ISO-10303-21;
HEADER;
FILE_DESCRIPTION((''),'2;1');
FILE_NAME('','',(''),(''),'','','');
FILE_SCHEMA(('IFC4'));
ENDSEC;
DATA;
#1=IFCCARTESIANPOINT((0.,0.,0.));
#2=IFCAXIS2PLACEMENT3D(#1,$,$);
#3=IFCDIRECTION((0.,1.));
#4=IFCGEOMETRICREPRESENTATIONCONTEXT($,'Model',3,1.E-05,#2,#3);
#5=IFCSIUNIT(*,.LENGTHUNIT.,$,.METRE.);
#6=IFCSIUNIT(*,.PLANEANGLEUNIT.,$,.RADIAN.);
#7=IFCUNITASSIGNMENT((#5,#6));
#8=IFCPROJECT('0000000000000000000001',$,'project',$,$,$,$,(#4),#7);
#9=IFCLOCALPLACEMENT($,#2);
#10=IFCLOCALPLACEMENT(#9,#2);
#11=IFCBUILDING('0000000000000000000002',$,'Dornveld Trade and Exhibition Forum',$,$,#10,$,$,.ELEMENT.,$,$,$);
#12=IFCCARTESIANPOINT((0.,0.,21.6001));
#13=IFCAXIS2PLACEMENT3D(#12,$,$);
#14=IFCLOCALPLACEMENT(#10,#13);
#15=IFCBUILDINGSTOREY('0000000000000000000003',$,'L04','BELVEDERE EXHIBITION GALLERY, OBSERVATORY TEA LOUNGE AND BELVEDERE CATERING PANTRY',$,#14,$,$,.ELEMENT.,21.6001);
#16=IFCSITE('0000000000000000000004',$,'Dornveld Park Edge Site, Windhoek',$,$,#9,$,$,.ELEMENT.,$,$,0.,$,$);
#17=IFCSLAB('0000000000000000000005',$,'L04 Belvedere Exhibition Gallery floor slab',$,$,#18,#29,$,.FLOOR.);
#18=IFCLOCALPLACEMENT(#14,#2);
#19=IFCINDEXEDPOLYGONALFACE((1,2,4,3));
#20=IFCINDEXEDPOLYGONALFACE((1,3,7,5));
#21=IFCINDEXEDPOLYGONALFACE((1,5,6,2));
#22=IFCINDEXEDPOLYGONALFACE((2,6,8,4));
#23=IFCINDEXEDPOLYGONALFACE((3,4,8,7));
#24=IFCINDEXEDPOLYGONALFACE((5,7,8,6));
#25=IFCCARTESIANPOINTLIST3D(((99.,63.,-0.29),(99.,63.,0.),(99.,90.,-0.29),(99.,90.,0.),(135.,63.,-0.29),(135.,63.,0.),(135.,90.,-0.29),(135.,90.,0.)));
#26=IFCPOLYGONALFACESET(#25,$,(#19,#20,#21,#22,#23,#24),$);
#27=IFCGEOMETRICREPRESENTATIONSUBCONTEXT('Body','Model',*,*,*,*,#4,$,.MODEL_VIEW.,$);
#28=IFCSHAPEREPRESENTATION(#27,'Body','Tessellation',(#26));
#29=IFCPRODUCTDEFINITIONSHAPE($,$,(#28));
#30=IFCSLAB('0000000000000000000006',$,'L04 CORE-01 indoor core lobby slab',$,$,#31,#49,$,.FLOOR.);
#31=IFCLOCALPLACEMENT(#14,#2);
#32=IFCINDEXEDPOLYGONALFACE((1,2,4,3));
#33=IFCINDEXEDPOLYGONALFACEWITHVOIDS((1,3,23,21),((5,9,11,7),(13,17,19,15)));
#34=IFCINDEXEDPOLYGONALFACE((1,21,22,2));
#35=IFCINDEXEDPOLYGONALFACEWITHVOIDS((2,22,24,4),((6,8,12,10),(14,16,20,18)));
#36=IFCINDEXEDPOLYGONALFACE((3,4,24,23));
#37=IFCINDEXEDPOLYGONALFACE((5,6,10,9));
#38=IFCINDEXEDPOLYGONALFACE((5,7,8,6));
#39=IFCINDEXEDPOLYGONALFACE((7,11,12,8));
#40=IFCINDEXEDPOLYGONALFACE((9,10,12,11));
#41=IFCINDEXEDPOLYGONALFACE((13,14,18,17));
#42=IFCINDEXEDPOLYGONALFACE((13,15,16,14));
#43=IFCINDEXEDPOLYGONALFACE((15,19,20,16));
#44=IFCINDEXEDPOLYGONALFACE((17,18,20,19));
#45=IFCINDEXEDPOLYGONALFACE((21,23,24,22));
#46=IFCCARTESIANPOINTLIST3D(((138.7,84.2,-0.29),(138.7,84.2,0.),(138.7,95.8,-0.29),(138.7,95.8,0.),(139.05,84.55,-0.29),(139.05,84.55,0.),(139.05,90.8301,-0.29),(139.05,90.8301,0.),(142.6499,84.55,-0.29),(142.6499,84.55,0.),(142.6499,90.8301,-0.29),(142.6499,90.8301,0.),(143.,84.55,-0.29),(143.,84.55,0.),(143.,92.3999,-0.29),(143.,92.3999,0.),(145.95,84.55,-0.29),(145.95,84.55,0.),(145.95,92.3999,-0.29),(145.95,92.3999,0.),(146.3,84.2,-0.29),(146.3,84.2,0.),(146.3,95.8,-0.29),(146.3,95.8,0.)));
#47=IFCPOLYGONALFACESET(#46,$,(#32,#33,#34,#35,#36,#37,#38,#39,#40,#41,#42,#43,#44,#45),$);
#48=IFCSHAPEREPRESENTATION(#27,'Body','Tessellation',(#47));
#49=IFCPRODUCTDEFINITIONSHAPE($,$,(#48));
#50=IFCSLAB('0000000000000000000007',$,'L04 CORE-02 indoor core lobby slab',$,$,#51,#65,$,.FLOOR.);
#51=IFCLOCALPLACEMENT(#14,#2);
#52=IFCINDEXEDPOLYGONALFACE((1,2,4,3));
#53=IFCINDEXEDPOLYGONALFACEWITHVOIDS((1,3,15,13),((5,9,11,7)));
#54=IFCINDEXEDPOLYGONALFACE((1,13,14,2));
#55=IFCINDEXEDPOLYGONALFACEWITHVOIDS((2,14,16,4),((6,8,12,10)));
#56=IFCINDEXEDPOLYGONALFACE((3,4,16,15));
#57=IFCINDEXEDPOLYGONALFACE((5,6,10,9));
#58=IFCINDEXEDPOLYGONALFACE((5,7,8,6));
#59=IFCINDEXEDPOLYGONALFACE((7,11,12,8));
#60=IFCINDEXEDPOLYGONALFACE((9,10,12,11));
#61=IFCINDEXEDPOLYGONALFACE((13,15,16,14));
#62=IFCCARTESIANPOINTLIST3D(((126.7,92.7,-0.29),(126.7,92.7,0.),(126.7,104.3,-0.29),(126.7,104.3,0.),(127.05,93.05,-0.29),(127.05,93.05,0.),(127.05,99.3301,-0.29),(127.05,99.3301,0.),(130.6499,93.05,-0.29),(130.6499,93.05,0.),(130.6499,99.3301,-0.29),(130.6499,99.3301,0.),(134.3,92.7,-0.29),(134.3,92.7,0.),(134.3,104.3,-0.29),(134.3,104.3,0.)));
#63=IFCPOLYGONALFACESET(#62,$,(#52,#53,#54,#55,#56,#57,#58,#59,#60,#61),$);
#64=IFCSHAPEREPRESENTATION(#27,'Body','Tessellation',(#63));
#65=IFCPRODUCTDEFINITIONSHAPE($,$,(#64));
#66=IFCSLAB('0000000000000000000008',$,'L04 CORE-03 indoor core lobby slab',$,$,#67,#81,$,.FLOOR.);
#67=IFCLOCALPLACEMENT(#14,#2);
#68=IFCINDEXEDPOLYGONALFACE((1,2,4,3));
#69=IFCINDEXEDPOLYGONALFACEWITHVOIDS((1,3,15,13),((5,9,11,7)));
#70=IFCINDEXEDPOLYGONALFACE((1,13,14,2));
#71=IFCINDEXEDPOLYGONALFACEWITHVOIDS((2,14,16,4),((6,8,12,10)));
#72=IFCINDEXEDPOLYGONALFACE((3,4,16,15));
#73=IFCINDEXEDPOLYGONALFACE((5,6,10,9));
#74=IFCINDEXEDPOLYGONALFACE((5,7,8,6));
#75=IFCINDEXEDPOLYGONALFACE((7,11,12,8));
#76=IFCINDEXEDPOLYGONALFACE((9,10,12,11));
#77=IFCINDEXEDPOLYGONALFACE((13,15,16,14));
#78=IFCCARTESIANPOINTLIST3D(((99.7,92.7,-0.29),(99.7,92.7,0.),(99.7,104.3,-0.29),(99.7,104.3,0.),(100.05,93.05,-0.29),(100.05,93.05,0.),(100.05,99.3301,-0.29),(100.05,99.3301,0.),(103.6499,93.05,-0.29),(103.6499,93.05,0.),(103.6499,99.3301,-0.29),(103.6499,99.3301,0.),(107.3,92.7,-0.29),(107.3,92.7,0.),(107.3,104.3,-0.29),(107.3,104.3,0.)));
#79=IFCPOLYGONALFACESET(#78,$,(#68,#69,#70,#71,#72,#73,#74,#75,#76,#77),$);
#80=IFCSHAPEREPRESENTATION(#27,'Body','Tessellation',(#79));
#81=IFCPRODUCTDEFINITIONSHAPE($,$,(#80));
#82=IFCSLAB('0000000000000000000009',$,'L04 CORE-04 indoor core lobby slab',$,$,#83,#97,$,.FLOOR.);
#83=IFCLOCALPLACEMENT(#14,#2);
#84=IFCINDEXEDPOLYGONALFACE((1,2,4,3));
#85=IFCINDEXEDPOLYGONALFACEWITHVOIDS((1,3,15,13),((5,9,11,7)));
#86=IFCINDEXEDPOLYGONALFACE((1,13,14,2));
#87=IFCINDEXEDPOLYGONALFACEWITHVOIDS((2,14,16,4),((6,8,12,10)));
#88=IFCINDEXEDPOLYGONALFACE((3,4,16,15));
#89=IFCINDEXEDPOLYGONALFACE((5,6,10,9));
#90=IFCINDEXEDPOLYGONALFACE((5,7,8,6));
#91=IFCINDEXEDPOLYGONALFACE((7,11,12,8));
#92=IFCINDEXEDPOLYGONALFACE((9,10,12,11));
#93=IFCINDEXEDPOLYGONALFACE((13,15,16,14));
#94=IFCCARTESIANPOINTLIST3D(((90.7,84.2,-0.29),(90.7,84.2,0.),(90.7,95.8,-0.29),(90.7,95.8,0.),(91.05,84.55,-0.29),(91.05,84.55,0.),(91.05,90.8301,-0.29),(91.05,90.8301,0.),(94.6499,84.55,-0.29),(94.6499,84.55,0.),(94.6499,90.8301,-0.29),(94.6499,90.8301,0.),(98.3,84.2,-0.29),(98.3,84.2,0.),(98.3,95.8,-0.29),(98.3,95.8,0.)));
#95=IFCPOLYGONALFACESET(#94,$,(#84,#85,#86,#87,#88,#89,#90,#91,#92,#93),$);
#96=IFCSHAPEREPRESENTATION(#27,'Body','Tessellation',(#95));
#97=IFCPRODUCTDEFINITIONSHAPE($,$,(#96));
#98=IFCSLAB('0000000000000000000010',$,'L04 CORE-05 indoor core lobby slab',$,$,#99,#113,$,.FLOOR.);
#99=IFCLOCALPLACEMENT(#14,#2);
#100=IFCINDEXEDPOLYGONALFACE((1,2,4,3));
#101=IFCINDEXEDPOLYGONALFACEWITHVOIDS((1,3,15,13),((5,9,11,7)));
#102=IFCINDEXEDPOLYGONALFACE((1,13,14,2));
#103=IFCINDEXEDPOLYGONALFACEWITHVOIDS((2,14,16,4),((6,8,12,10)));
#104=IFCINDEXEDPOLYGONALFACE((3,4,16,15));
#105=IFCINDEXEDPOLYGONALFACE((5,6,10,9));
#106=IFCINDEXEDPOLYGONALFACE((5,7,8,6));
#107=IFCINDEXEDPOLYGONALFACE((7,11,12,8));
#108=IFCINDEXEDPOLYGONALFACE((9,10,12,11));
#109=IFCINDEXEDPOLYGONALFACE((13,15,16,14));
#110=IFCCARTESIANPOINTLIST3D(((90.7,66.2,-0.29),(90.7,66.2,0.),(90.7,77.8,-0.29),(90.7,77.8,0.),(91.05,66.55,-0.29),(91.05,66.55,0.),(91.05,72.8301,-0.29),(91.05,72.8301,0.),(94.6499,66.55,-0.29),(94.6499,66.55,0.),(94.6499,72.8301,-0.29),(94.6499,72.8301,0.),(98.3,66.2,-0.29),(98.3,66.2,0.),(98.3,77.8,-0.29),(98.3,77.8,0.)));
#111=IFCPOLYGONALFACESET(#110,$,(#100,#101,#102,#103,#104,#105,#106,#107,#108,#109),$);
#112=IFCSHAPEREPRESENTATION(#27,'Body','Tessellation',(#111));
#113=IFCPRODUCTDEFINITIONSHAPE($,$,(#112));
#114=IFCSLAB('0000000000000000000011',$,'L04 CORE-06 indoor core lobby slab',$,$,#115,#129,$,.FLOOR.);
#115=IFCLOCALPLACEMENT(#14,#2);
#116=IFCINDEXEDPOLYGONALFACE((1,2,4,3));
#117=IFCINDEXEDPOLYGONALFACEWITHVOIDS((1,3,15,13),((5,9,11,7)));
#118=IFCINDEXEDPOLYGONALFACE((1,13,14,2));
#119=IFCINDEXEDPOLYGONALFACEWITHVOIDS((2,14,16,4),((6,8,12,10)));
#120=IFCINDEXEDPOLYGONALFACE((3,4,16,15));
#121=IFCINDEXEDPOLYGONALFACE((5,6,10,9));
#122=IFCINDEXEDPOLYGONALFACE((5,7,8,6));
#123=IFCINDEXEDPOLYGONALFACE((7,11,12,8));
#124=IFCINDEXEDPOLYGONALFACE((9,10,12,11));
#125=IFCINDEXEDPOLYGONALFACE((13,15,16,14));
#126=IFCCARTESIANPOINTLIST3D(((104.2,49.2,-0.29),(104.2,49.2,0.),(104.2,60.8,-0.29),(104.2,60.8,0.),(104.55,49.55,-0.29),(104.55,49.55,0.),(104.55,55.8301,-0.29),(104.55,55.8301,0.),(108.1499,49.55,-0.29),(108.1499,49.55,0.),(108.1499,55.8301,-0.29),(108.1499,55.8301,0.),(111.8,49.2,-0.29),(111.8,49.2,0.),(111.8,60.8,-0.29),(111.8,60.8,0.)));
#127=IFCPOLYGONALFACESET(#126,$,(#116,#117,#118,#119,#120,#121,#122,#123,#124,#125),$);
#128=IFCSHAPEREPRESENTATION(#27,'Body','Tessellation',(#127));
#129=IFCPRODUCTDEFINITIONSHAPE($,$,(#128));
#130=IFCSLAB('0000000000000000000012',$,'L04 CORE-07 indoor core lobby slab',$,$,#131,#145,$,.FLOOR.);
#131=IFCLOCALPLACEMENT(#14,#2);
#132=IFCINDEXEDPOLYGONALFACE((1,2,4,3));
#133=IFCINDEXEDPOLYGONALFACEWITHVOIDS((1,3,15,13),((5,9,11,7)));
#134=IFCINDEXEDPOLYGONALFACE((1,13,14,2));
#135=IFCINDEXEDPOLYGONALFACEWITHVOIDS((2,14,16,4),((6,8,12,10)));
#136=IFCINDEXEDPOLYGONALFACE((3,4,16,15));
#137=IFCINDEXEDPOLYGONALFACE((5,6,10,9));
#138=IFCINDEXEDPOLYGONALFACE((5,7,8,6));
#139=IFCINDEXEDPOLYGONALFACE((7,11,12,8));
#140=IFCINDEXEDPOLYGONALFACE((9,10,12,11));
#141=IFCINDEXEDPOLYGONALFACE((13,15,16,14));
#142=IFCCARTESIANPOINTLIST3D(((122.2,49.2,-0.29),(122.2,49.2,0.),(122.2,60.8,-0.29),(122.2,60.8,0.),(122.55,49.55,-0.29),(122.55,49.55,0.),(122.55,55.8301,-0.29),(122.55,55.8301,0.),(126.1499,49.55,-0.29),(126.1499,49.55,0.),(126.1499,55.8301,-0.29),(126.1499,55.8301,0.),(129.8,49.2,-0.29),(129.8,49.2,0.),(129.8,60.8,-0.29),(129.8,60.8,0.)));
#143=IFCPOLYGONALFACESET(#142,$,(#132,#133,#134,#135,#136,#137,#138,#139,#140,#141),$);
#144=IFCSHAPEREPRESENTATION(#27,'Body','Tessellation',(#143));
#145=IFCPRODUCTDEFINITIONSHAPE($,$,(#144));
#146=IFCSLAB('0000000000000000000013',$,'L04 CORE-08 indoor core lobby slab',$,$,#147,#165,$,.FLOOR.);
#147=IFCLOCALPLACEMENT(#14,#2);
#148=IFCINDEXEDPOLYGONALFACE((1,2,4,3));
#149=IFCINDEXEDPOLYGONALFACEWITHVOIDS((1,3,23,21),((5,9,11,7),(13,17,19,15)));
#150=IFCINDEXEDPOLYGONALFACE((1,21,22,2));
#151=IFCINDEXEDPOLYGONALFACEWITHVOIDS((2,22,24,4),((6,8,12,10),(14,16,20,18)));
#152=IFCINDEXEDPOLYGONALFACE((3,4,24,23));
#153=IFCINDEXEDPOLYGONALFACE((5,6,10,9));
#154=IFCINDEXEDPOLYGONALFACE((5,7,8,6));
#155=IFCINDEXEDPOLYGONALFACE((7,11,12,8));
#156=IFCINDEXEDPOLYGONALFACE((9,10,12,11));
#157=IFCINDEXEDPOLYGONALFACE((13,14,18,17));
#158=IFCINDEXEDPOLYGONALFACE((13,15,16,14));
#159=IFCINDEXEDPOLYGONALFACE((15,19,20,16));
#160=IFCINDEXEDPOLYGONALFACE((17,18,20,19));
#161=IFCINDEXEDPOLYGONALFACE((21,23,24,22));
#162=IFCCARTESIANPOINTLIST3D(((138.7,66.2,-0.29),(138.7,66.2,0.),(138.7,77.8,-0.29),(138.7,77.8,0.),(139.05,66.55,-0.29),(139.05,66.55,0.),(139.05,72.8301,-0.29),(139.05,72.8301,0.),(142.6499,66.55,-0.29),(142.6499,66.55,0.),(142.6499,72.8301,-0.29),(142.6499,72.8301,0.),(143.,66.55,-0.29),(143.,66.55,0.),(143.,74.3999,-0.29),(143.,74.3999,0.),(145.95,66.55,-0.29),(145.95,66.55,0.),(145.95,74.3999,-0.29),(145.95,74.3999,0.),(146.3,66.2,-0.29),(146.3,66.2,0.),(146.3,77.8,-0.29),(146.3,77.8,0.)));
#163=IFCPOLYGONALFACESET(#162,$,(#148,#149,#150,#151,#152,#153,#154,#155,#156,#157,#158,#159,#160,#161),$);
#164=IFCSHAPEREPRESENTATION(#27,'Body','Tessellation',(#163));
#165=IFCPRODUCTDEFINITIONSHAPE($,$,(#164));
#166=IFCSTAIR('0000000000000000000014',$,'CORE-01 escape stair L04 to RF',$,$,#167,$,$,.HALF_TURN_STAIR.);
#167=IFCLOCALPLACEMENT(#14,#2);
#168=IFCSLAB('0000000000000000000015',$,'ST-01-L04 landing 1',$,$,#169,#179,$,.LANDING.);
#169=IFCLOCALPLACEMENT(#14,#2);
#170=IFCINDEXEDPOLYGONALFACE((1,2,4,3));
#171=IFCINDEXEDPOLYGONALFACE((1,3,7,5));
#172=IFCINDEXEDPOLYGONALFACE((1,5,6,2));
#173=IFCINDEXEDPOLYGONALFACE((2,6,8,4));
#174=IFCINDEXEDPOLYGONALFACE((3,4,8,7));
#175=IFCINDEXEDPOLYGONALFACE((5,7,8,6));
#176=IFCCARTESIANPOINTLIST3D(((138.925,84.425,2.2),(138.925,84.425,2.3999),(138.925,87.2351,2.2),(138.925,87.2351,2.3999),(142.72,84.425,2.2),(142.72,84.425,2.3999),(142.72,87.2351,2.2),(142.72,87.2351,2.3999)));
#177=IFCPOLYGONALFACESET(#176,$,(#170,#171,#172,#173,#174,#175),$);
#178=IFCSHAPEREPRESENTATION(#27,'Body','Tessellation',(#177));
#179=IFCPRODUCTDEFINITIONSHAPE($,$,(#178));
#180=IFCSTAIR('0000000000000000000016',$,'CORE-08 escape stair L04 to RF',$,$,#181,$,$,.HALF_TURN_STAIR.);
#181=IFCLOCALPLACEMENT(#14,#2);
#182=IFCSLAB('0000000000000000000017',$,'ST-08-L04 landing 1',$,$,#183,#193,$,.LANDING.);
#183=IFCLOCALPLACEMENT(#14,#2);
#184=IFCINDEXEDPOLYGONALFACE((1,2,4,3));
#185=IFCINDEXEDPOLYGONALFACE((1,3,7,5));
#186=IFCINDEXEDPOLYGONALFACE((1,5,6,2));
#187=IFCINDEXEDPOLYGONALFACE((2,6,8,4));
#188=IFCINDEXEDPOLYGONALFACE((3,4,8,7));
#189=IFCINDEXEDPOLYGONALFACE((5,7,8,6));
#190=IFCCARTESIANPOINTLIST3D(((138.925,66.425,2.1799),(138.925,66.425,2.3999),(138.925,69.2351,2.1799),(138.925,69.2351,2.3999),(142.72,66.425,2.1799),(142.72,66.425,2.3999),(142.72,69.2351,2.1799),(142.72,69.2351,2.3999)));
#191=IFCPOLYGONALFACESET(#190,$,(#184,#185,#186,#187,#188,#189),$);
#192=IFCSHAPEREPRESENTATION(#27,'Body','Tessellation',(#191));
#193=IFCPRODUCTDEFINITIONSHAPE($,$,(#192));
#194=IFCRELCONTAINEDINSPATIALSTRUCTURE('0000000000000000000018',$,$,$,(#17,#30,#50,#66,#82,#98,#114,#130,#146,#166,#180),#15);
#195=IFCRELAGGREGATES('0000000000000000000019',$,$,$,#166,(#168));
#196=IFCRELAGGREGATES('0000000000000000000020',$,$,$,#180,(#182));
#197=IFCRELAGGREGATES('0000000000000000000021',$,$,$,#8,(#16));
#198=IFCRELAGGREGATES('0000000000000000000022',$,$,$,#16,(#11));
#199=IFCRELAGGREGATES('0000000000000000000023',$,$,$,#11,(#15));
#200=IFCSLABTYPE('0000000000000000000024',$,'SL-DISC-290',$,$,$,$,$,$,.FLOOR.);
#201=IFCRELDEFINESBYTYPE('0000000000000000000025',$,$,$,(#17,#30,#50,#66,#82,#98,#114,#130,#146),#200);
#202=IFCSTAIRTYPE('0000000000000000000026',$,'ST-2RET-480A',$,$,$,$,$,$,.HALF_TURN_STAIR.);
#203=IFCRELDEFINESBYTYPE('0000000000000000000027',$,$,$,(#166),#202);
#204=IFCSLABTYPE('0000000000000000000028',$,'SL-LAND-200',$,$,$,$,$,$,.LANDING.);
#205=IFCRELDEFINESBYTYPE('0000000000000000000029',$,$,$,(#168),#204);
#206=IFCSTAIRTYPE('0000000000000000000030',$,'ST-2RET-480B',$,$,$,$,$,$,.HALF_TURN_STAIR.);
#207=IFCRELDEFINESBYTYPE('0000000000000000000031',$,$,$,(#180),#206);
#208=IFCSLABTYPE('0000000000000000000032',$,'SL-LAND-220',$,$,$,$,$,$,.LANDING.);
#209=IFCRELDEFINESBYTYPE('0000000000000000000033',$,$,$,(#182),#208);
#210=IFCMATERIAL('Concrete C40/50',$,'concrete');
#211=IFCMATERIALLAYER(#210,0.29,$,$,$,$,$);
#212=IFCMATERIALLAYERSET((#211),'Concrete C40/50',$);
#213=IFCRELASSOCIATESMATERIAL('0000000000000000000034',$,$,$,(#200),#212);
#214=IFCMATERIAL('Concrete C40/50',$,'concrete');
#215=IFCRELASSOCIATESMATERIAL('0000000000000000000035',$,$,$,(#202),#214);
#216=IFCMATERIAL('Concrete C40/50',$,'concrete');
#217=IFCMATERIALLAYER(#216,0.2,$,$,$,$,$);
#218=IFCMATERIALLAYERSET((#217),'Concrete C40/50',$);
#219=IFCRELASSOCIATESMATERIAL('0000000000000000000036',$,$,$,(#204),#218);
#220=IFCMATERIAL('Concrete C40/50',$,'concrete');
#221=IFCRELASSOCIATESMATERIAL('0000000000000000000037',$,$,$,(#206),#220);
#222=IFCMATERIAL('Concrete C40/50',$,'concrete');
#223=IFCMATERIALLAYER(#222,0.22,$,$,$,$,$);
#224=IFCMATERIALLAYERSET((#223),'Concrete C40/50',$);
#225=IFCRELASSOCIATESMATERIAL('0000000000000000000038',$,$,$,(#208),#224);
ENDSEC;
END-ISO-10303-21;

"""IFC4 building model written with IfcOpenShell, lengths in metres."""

from ifc_helpers import new_model, si_unit, direction, frame, origin, place, context, subcontext, project, spatial, polyline, outline, extrude, material, layer, layer_set, type_object, element, aggregate, save


model = new_model("IFC4")

# Units and contexts
model_context = context("Model", 3, precision=1e-05, world=origin(), true_north=direction((0.0, 1.0)))
body_context = subcontext(model_context, "Body", "Model", "MODEL_VIEW")
ifc_project = project(units=[si_unit("LENGTHUNIT", "METRE"), si_unit("PLANEANGLEUNIT", "RADIAN")], contexts=[model_context])

# Site, building, storey
site_placement = place(None, origin())
site = spatial("IfcSite", under=ifc_project, at=site_placement, Name="Dornveld Park Edge Site, Windhoek", CompositionType="ELEMENT", RefElevation=0.0)
building_placement = place(site_placement, origin())
building = spatial("IfcBuilding", under=site, at=building_placement, Name="Dornveld Trade and Exhibition Forum", CompositionType="ELEMENT")
storey_placement = place(building_placement, frame((0.0, 0.0, 21.6001)))
storey = spatial("IfcBuildingStorey", under=building, at=storey_placement, Name="L04", Description="BELVEDERE EXHIBITION GALLERY, OBSERVATORY TEA LOUNGE AND BELVEDERE CATERING PANTRY", CompositionType="ELEMENT", Elevation=21.6001)

# Slabs
ifc_material_1 = material(Name="Concrete C40/50", Category="concrete")
ifc_layer_1 = layer(ifc_material_1, 0.29)
ifc_layer_set_1 = layer_set([ifc_layer_1], Name="Concrete C40/50")
slab_type_1 = type_object("IfcSlabType", Name="SL-DISC-290", PredefinedType="FLOOR", material=ifc_layer_set_1)
slab_1_placement = place(storey_placement, frame((0.0, 0.0, -0.29)))
element("IfcSlab", 1, at=slab_1_placement, inside=storey, type_object=slab_type_1, Name="L04 Belvedere Exhibition Gallery floor slab", PredefinedType="FLOOR", context=body_context, shape_type="SweptSolid", body=[
    extrude(outline(polyline([(99.0, 63.0), (135.0, 63.0), (135.0, 90.0), (99.0, 90.0), (99.0, 63.0)])), origin(), (0.0, 0.0, 1.0), 0.29),
])
slab_2_placement = place(storey_placement, frame((0.0, 0.0, -0.29)))
element("IfcSlab", 2, at=slab_2_placement, inside=storey, type_object=slab_type_1, Name="L04 CORE-01 indoor core lobby slab", PredefinedType="FLOOR", context=body_context, shape_type="SweptSolid", body=[
    extrude(outline(polyline([(138.7, 84.2), (146.3, 84.2), (146.3, 95.8), (138.7, 95.8), (138.7, 84.2)]), holes=[polyline([(143.0, 84.55), (145.95, 84.55), (145.95, 92.3999), (143.0, 92.3999), (143.0, 84.55)]), polyline([(139.05, 84.55), (142.6499, 84.55), (142.6499, 90.8301), (139.05, 90.8301), (139.05, 84.55)])]), origin(), (0.0, 0.0, 1.0), 0.29),
])
slab_3_placement = place(storey_placement, frame((0.0, 0.0, -0.29)))
element("IfcSlab", 3, at=slab_3_placement, inside=storey, type_object=slab_type_1, Name="L04 CORE-02 indoor core lobby slab", PredefinedType="FLOOR", context=body_context, shape_type="SweptSolid", body=[
    extrude(outline(polyline([(126.7, 92.7), (134.3, 92.7), (134.3, 104.3), (126.7, 104.3), (126.7, 92.7)]), holes=[polyline([(127.05, 93.05), (130.6499, 93.05), (130.6499, 99.3301), (127.05, 99.3301), (127.05, 93.05)])]), origin(), (0.0, 0.0, 1.0), 0.29),
])
slab_4_placement = place(storey_placement, frame((0.0, 0.0, -0.29)))
element("IfcSlab", 4, at=slab_4_placement, inside=storey, type_object=slab_type_1, Name="L04 CORE-03 indoor core lobby slab", PredefinedType="FLOOR", context=body_context, shape_type="SweptSolid", body=[
    extrude(outline(polyline([(99.7, 92.7), (107.3, 92.7), (107.3, 104.3), (99.7, 104.3), (99.7, 92.7)]), holes=[polyline([(100.05, 93.05), (103.6499, 93.05), (103.6499, 99.3301), (100.05, 99.3301), (100.05, 93.05)])]), origin(), (0.0, 0.0, 1.0), 0.29),
])
slab_5_placement = place(storey_placement, frame((0.0, 0.0, -0.29)))
element("IfcSlab", 5, at=slab_5_placement, inside=storey, type_object=slab_type_1, Name="L04 CORE-04 indoor core lobby slab", PredefinedType="FLOOR", context=body_context, shape_type="SweptSolid", body=[
    extrude(outline(polyline([(90.7, 84.2), (98.3, 84.2), (98.3, 95.8), (90.7, 95.8), (90.7, 84.2)]), holes=[polyline([(91.05, 84.55), (94.6499, 84.55), (94.6499, 90.8301), (91.05, 90.8301), (91.05, 84.55)])]), origin(), (0.0, 0.0, 1.0), 0.29),
])
slab_6_placement = place(storey_placement, frame((0.0, 0.0, -0.29)))
element("IfcSlab", 6, at=slab_6_placement, inside=storey, type_object=slab_type_1, Name="L04 CORE-05 indoor core lobby slab", PredefinedType="FLOOR", context=body_context, shape_type="SweptSolid", body=[
    extrude(outline(polyline([(90.7, 66.2), (98.3, 66.2), (98.3, 77.8), (90.7, 77.8), (90.7, 66.2)]), holes=[polyline([(91.05, 66.55), (94.6499, 66.55), (94.6499, 72.8301), (91.05, 72.8301), (91.05, 66.55)])]), origin(), (0.0, 0.0, 1.0), 0.29),
])
slab_7_placement = place(storey_placement, frame((0.0, 0.0, -0.29)))
element("IfcSlab", 7, at=slab_7_placement, inside=storey, type_object=slab_type_1, Name="L04 CORE-06 indoor core lobby slab", PredefinedType="FLOOR", context=body_context, shape_type="SweptSolid", body=[
    extrude(outline(polyline([(104.2, 49.2), (111.8, 49.2), (111.8, 60.8), (104.2, 60.8), (104.2, 49.2)]), holes=[polyline([(104.55, 49.55), (108.1499, 49.55), (108.1499, 55.8301), (104.55, 55.8301), (104.55, 49.55)])]), origin(), (0.0, 0.0, 1.0), 0.29),
])
slab_8_placement = place(storey_placement, frame((0.0, 0.0, -0.29)))
element("IfcSlab", 8, at=slab_8_placement, inside=storey, type_object=slab_type_1, Name="L04 CORE-07 indoor core lobby slab", PredefinedType="FLOOR", context=body_context, shape_type="SweptSolid", body=[
    extrude(outline(polyline([(122.2, 49.2), (129.8, 49.2), (129.8, 60.8), (122.2, 60.8), (122.2, 49.2)]), holes=[polyline([(122.55, 49.55), (126.1499, 49.55), (126.1499, 55.8301), (122.55, 55.8301), (122.55, 49.55)])]), origin(), (0.0, 0.0, 1.0), 0.29),
])
slab_9_placement = place(storey_placement, frame((0.0, 0.0, -0.29)))
element("IfcSlab", 9, at=slab_9_placement, inside=storey, type_object=slab_type_1, Name="L04 CORE-08 indoor core lobby slab", PredefinedType="FLOOR", context=body_context, shape_type="SweptSolid", body=[
    extrude(outline(polyline([(138.7, 66.2), (146.3, 66.2), (146.3, 77.8), (138.7, 77.8), (138.7, 66.2)]), holes=[polyline([(143.0, 66.55), (145.95, 66.55), (145.95, 74.3999), (143.0, 74.3999), (143.0, 66.55)]), polyline([(139.05, 66.55), (142.6499, 66.55), (142.6499, 72.8301), (139.05, 72.8301), (139.05, 66.55)])]), origin(), (0.0, 0.0, 1.0), 0.29),
])

# Stairs, slabs
ifc_material_2 = material(Name="Concrete C40/50", Category="concrete")
stair_type_1 = type_object("IfcStairType", Name="ST-2RET-480A", PredefinedType="HALF_TURN_STAIR", material=ifc_material_2)
stair_1_placement = place(storey_placement, origin())
stair_1 = element("IfcStair", 10, at=stair_1_placement, inside=storey, type_object=stair_type_1, Name="CORE-01 escape stair L04 to RF", PredefinedType="HALF_TURN_STAIR")
ifc_material_3 = material(Name="Concrete C40/50", Category="concrete")
ifc_layer_2 = layer(ifc_material_3, 0.2)
ifc_layer_set_2 = layer_set([ifc_layer_2], Name="Concrete C40/50")
slab_type_2 = type_object("IfcSlabType", Name="SL-LAND-200", PredefinedType="LANDING", material=ifc_layer_set_2)
slab_10_placement = place(storey_placement, frame((0.0, 0.0, 2.2)))
slab_10 = element("IfcSlab", 11, at=slab_10_placement, type_object=slab_type_2, Name="ST-01-L04 landing 1", PredefinedType="LANDING", context=body_context, shape_type="SweptSolid", body=[
    extrude(outline(polyline([(138.925, 84.425), (142.72, 84.425), (142.72, 87.2351), (138.925, 87.2351), (138.925, 84.425)])), origin(), (0.0, 0.0, 1.0), 0.2),
])
aggregate(stair_1, [slab_10])
ifc_material_4 = material(Name="Concrete C40/50", Category="concrete")
stair_type_2 = type_object("IfcStairType", Name="ST-2RET-480B", PredefinedType="HALF_TURN_STAIR", material=ifc_material_4)
stair_2_placement = place(storey_placement, origin())
stair_2 = element("IfcStair", 12, at=stair_2_placement, inside=storey, type_object=stair_type_2, Name="CORE-08 escape stair L04 to RF", PredefinedType="HALF_TURN_STAIR")
ifc_material_5 = material(Name="Concrete C40/50", Category="concrete")
ifc_layer_3 = layer(ifc_material_5, 0.22)
ifc_layer_set_3 = layer_set([ifc_layer_3], Name="Concrete C40/50")
slab_type_3 = type_object("IfcSlabType", Name="SL-LAND-220", PredefinedType="LANDING", material=ifc_layer_set_3)
slab_11_placement = place(storey_placement, frame((0.0, 0.0, 2.1799)))
slab_11 = element("IfcSlab", 13, at=slab_11_placement, type_object=slab_type_3, Name="ST-08-L04 landing 1", PredefinedType="LANDING", context=body_context, shape_type="SweptSolid", body=[
    extrude(outline(polyline([(138.925, 66.425), (142.72, 66.425), (142.72, 69.2351), (138.925, 69.2351), (138.925, 66.425)])), origin(), (0.0, 0.0, 1.0), 0.22),
])
aggregate(stair_2, [slab_11])

save(model, "model.ifc")
